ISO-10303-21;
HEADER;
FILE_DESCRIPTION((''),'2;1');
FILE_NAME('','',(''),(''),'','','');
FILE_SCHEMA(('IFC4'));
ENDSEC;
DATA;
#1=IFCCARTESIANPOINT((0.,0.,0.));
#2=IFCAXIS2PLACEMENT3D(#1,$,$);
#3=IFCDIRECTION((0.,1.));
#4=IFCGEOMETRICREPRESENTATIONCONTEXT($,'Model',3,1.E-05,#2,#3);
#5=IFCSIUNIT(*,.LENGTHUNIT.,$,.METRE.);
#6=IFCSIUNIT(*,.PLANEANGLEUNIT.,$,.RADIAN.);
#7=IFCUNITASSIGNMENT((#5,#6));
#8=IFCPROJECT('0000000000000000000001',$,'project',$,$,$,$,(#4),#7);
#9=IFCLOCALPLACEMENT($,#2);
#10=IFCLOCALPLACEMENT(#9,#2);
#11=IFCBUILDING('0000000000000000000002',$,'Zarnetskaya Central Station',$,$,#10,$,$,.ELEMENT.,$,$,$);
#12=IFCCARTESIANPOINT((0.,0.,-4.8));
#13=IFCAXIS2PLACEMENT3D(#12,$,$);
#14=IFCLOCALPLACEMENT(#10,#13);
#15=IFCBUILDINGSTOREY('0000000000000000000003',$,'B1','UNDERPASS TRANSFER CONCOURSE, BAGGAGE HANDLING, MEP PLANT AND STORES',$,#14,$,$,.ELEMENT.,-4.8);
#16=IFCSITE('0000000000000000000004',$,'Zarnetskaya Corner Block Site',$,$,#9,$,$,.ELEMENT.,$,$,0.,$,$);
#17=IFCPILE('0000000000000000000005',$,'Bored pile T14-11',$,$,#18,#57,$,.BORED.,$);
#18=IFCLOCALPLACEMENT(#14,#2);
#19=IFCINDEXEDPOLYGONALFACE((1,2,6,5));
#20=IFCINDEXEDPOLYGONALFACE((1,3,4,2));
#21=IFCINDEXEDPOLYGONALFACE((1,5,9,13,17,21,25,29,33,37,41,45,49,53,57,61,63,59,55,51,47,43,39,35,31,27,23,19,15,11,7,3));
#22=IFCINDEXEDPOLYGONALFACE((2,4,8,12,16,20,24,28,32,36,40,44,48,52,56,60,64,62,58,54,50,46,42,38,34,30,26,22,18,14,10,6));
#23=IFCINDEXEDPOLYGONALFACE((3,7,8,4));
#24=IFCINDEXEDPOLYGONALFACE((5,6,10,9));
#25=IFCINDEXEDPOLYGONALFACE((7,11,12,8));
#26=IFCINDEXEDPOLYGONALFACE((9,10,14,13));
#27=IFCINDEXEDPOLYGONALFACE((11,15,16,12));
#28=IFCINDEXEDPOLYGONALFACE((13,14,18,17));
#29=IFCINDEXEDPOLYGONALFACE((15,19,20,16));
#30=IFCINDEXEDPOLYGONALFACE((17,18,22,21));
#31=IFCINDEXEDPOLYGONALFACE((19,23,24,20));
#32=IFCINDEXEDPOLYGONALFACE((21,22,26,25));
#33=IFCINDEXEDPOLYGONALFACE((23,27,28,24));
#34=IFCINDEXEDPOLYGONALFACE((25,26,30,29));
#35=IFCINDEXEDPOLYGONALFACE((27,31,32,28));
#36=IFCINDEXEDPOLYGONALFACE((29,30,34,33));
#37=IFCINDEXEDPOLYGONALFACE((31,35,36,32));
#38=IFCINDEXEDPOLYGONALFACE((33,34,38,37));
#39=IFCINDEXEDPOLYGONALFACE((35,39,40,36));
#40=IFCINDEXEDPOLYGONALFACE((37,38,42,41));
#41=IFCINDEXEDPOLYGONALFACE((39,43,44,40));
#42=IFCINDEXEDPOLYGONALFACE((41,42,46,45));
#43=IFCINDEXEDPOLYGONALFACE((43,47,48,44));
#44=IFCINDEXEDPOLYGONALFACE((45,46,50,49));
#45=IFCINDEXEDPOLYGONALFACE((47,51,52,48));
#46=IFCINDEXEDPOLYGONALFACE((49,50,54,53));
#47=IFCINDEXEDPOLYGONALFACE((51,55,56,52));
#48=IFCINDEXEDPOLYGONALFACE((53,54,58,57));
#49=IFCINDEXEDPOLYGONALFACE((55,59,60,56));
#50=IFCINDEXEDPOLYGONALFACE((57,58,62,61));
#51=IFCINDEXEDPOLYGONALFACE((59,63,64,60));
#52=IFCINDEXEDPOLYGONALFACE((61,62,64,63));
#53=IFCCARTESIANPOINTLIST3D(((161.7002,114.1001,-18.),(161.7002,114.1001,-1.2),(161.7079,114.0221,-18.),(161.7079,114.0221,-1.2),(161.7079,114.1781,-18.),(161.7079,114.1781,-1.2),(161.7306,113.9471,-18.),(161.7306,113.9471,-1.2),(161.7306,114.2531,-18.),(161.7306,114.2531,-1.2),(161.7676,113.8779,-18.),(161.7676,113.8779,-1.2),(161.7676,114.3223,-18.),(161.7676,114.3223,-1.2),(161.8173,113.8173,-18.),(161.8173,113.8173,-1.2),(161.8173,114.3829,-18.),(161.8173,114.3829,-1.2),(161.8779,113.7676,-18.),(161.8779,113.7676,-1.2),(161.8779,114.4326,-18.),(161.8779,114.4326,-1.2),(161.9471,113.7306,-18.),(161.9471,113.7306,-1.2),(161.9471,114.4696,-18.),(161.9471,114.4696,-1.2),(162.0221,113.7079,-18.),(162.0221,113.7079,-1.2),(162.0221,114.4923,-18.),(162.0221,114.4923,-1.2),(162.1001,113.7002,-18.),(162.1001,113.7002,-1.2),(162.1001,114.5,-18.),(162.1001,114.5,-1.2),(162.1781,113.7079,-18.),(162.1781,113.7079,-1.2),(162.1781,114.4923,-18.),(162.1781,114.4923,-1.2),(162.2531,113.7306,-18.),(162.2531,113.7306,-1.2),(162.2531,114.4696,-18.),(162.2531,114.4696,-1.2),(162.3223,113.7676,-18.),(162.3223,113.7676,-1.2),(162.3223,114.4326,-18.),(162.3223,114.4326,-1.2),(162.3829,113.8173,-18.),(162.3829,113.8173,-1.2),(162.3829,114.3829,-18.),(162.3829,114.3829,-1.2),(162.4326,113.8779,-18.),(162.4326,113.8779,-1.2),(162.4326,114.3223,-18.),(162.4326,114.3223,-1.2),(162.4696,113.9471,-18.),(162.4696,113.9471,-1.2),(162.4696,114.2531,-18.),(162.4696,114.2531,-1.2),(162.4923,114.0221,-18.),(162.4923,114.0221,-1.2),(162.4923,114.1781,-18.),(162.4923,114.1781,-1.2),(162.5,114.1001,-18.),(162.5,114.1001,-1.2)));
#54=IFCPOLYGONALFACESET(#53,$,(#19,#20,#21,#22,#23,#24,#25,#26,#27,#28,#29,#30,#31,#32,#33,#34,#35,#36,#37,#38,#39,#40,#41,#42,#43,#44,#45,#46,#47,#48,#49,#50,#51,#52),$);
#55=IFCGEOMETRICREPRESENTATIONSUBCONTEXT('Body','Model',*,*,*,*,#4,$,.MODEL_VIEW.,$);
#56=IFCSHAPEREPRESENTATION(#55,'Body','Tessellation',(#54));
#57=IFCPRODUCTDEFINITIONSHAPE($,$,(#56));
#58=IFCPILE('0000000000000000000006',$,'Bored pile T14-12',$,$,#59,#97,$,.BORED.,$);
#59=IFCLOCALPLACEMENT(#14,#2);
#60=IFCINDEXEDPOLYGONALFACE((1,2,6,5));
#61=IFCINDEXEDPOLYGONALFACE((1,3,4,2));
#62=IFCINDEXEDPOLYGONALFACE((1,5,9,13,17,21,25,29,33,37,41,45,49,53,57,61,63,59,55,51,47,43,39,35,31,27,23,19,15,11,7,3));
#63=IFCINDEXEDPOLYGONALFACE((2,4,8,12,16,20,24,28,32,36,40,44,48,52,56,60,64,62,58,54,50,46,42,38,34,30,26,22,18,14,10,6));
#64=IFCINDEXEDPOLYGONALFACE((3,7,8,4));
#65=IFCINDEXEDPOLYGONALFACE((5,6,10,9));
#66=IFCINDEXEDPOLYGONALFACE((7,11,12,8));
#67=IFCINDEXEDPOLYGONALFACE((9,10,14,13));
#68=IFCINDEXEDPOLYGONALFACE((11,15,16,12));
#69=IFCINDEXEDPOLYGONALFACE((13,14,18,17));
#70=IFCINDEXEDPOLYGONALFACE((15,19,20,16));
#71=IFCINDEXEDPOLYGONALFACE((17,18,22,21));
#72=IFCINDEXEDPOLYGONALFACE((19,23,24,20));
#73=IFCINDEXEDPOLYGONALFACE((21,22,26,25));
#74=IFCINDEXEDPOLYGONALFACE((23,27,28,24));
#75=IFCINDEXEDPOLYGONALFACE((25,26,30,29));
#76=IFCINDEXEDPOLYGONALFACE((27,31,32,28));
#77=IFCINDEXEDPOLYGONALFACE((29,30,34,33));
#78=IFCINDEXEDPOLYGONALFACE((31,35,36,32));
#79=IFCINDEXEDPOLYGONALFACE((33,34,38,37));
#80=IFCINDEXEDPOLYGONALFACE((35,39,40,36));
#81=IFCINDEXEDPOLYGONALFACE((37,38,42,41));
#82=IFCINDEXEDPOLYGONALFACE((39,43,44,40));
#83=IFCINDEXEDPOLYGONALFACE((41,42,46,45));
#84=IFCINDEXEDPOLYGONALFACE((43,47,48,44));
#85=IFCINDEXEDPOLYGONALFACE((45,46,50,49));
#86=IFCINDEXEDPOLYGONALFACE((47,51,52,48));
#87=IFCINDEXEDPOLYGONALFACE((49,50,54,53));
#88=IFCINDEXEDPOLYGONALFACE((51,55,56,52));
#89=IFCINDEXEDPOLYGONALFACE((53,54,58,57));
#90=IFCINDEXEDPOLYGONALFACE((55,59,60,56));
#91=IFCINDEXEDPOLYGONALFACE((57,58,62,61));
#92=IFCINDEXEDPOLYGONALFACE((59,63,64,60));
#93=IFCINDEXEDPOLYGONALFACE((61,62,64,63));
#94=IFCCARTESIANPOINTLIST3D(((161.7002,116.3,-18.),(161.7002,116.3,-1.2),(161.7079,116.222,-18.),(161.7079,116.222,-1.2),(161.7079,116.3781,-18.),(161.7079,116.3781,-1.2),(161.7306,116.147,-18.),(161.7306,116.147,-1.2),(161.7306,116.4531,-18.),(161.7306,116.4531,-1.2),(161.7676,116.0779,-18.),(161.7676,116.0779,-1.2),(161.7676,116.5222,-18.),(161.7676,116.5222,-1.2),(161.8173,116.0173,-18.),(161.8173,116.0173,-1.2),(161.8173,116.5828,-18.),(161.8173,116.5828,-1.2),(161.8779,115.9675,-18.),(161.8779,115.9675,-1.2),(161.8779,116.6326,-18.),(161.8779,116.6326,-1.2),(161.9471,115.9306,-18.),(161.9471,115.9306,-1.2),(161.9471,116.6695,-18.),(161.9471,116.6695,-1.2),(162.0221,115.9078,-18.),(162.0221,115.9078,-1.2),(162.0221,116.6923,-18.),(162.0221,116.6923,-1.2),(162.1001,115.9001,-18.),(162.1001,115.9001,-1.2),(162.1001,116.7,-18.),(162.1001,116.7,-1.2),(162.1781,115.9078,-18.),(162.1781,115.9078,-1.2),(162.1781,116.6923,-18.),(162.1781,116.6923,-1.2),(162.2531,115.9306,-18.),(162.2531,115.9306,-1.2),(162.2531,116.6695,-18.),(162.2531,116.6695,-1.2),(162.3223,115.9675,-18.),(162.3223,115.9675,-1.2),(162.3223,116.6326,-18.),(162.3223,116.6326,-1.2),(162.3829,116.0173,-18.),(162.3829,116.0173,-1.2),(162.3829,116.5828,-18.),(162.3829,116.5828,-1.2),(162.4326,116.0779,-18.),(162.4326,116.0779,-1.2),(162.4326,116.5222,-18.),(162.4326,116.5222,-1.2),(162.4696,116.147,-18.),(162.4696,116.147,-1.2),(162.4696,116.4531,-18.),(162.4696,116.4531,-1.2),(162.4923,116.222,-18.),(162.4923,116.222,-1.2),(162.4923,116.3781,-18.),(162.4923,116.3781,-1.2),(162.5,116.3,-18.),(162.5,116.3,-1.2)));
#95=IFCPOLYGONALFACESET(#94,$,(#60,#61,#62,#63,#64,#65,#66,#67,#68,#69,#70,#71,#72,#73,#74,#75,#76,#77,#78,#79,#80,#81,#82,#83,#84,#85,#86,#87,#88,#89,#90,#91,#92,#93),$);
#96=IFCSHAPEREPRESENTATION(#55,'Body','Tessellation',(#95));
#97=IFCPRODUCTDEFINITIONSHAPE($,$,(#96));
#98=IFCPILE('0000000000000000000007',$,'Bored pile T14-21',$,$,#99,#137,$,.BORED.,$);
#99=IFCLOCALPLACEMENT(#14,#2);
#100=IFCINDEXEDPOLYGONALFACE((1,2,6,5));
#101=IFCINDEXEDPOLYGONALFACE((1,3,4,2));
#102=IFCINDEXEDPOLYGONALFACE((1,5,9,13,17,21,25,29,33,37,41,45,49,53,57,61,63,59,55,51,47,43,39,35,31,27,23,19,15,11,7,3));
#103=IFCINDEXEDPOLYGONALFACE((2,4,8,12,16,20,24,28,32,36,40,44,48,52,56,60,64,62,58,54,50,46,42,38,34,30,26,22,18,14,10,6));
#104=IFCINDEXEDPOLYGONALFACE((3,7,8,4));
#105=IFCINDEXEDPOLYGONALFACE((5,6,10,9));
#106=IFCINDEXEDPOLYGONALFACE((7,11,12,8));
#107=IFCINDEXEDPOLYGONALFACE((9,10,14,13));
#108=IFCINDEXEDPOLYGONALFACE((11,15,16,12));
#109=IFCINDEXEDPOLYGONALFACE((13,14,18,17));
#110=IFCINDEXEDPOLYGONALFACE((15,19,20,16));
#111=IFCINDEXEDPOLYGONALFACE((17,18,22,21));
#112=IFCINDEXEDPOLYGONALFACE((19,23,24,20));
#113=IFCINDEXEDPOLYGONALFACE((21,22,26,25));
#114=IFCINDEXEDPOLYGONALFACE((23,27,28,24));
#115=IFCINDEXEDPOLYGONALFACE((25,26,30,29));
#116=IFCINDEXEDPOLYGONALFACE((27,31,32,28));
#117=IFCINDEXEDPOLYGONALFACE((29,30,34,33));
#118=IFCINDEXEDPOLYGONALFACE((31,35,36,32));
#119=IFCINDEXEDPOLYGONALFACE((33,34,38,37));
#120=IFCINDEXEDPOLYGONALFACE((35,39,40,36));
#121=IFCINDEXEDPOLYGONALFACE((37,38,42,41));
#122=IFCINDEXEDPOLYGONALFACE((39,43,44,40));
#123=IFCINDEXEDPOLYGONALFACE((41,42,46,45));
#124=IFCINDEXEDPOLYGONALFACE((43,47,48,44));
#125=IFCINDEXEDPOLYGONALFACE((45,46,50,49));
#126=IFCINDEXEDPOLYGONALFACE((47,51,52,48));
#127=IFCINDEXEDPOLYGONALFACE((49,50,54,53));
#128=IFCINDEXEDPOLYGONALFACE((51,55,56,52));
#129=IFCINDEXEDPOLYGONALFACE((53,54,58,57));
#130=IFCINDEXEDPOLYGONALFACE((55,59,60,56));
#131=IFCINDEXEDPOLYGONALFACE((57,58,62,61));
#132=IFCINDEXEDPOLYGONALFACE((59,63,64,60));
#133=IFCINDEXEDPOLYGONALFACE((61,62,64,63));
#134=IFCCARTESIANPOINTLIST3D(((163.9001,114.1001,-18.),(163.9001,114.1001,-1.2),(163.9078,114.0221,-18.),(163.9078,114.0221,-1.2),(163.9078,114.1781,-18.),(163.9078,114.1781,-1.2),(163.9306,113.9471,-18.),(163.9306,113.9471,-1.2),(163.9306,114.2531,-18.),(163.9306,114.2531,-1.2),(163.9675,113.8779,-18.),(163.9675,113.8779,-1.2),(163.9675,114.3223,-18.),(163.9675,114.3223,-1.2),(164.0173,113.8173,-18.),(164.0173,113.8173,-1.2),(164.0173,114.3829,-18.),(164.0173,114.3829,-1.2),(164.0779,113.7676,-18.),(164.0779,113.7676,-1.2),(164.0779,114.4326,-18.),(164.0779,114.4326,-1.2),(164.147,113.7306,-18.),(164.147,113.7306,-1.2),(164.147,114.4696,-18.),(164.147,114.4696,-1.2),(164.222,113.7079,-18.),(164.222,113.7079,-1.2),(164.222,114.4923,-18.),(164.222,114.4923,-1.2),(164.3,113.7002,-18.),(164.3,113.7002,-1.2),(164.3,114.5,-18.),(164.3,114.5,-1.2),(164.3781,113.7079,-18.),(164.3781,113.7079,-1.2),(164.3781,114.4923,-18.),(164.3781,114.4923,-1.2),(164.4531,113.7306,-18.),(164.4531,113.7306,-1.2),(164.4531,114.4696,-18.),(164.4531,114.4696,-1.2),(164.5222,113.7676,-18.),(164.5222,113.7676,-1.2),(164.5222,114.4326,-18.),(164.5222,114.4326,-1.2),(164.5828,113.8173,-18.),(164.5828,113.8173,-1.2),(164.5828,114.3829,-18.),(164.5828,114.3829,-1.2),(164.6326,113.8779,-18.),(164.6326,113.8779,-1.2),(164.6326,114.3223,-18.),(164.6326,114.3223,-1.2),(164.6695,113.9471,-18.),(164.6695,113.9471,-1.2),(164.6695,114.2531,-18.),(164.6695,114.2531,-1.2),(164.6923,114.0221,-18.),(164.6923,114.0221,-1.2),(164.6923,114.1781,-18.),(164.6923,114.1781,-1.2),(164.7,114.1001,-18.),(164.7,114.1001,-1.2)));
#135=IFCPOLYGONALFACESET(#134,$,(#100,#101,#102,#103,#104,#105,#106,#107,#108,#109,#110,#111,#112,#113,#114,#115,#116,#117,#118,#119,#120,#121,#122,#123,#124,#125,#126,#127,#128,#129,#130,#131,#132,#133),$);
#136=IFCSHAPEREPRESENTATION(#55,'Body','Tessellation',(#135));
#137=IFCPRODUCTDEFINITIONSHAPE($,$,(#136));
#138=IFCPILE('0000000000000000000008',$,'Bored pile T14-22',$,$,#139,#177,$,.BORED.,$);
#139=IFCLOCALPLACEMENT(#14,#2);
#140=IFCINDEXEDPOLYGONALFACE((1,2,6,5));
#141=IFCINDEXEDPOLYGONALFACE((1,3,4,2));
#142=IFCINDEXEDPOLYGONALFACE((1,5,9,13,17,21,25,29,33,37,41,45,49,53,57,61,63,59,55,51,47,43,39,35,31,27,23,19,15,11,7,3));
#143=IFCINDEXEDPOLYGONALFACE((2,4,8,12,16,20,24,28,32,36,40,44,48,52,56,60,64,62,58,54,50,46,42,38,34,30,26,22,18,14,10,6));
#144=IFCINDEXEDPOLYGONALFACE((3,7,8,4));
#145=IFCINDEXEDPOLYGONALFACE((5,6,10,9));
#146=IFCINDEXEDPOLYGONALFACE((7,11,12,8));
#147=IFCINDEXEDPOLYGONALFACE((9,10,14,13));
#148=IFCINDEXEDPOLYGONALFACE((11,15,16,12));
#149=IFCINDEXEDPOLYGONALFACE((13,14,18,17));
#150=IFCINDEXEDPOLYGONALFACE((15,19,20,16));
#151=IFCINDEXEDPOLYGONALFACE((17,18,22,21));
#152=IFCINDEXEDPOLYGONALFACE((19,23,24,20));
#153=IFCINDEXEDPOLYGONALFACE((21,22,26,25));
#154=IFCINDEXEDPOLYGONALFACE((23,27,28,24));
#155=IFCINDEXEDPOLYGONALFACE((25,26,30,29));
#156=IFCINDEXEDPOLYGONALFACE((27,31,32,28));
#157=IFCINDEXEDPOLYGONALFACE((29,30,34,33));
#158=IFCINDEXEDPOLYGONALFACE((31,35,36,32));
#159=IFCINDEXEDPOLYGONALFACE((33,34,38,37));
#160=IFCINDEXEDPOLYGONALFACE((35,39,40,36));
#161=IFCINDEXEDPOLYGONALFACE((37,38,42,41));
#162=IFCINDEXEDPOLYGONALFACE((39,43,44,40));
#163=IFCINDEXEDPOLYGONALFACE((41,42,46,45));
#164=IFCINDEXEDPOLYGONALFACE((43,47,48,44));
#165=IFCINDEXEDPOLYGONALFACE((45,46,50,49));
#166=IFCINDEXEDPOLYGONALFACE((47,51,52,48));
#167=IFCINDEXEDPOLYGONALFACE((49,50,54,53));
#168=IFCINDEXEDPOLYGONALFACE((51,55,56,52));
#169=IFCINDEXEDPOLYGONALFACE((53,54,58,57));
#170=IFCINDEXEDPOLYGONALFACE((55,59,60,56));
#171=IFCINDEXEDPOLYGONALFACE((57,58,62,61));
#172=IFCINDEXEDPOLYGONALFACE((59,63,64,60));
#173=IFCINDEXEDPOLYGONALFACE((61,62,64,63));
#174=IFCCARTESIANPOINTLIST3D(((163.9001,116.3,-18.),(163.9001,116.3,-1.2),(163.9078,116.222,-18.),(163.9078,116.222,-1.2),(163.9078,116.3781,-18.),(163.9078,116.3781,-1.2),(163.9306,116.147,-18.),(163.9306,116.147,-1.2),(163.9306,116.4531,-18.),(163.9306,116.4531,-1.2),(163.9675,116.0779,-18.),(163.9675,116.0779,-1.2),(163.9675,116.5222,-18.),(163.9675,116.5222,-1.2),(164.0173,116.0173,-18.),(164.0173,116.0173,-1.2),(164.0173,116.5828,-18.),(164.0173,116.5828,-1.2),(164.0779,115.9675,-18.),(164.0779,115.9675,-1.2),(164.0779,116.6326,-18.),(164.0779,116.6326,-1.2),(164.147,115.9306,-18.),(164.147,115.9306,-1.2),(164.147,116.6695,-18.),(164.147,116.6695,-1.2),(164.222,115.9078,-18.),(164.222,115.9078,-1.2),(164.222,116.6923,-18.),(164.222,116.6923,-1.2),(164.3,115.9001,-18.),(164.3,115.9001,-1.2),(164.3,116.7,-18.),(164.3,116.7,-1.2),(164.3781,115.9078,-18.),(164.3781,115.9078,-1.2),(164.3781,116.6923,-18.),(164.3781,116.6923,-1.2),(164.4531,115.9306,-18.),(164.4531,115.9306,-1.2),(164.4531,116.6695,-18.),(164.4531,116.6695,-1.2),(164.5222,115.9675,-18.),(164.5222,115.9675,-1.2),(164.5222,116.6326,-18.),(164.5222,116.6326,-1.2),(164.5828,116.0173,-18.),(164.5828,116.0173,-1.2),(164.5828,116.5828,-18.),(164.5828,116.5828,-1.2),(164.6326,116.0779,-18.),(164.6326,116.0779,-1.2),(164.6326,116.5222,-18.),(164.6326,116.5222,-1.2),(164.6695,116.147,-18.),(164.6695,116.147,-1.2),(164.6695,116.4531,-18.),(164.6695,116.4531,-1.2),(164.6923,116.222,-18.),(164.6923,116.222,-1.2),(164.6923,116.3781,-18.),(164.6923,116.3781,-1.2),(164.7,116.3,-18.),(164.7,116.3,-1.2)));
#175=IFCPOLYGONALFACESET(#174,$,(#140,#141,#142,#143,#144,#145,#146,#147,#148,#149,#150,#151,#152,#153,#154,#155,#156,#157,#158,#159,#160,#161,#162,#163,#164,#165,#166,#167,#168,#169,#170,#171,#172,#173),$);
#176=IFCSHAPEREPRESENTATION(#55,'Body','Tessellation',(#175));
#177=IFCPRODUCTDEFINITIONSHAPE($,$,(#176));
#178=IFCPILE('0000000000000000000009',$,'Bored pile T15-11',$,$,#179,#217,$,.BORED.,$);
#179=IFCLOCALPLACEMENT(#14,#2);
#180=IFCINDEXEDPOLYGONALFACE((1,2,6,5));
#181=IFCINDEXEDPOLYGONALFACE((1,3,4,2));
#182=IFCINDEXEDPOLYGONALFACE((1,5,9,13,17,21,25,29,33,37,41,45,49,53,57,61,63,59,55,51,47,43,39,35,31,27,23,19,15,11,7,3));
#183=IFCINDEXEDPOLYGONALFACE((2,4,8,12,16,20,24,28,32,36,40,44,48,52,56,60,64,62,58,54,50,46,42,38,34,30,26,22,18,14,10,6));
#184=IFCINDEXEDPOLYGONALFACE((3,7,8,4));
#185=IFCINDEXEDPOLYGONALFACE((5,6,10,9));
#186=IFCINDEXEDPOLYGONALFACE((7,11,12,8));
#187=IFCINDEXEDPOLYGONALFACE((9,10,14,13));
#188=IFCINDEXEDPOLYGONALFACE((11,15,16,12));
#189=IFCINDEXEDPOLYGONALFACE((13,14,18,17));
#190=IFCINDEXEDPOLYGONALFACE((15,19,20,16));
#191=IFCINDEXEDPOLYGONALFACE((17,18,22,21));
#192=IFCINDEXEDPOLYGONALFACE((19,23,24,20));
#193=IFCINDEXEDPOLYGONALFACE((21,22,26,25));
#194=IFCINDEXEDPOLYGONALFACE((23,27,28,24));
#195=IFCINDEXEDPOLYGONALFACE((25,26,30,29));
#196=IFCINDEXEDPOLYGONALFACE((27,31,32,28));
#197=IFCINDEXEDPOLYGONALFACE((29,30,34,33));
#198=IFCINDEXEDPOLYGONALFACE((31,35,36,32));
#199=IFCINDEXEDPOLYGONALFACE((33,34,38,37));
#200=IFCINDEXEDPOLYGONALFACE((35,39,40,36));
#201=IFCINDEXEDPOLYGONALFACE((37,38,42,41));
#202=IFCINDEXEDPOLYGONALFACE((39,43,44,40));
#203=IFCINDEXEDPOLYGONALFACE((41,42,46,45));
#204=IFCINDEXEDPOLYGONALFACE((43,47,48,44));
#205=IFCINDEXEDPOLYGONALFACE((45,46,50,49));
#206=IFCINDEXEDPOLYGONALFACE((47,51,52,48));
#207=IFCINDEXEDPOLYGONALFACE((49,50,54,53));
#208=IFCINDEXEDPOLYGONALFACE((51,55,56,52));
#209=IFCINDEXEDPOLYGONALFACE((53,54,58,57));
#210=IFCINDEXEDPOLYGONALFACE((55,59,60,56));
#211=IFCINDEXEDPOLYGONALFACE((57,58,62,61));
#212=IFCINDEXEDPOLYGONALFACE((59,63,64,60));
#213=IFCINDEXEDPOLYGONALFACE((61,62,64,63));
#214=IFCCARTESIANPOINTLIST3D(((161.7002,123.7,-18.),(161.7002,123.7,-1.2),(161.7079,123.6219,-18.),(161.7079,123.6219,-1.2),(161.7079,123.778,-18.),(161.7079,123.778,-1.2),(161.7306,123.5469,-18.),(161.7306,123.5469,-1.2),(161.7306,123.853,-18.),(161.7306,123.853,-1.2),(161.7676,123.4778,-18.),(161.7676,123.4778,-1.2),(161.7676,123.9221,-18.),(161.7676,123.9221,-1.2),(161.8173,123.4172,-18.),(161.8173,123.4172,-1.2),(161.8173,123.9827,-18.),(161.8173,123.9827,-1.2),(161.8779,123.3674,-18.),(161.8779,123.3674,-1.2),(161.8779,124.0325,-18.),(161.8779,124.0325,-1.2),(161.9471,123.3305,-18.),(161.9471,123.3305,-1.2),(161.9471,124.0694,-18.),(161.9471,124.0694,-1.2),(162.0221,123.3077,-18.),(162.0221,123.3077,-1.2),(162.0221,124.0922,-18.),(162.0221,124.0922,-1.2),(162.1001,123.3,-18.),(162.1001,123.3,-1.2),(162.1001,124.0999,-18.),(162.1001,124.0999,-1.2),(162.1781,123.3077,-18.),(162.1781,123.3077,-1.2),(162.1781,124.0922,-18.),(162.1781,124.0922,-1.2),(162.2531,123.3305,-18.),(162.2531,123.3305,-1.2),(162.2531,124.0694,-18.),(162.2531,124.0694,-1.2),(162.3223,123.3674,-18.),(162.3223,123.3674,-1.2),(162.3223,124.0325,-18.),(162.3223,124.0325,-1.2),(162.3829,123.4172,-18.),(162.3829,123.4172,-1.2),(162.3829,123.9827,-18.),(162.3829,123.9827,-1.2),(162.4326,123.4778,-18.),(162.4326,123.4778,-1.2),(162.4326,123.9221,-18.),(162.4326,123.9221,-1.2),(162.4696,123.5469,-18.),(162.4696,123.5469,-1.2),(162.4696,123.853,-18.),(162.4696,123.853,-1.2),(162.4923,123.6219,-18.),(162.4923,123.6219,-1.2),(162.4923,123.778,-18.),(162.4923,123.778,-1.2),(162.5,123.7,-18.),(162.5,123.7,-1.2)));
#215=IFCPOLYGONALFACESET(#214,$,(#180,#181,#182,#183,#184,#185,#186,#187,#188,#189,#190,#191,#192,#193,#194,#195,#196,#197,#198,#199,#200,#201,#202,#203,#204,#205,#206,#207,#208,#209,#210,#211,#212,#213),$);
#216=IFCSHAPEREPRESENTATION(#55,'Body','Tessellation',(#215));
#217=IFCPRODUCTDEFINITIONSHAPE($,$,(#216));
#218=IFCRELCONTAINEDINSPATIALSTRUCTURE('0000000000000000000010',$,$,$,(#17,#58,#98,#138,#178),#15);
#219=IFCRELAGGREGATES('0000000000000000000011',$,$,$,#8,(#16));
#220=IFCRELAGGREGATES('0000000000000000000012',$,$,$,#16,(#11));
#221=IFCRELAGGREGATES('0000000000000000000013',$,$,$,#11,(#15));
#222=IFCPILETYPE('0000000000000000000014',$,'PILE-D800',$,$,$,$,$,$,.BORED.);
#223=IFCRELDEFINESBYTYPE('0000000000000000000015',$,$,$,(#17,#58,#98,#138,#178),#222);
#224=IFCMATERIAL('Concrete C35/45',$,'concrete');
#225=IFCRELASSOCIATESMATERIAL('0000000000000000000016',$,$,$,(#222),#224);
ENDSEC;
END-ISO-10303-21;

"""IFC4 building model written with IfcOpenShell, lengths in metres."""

from ifc_helpers import new_model, si_unit, direction, frame, origin, origin_2d, place, context, subcontext, project, spatial, circle, extrude, material, material_profile, profile_set, type_object, element, save


model = new_model("IFC4")

# Units and contexts
model_context = context("Model", 3, precision=1e-05, world=origin(), true_north=direction((0.0, 1.0)))
body_context = subcontext(model_context, "Body", "Model", "MODEL_VIEW")
ifc_project = project(units=[si_unit("LENGTHUNIT", "METRE"), si_unit("PLANEANGLEUNIT", "RADIAN")], contexts=[model_context])

# Site, building, storey
site_placement = place(None, origin())
site = spatial("IfcSite", under=ifc_project, at=site_placement, Name="Zarnetskaya Corner Block Site", CompositionType="ELEMENT", RefElevation=0.0)
building_placement = place(site_placement, origin())
building = spatial("IfcBuilding", under=site, at=building_placement, Name="Zarnetskaya Central Station", CompositionType="ELEMENT")
storey_placement = place(building_placement, frame((0.0, 0.0, -4.8)))
storey = spatial("IfcBuildingStorey", under=building, at=storey_placement, Name="B1", Description="UNDERPASS TRANSFER CONCOURSE, BAGGAGE HANDLING, MEP PLANT AND STORES", CompositionType="ELEMENT", Elevation=-4.8)

# Shared definitions
ifc_material = material(Name="Concrete C35/45", Category="concrete")

# Piles
ifc_material_profile_1 = material_profile(ifc_material, circle(Radius=0.3999, at=origin_2d()), Name="BORED PILE D800")
ifc_profile_set_1 = profile_set([ifc_material_profile_1], Name="Concrete C35/45")
pile_type = type_object("IfcPileType", Name="PILE-D800", PredefinedType="BORED", material=ifc_profile_set_1)
for number, where, z_axis, x_axis, name in (
    (1, (162.1001, 114.1001, -1.2), (0.0, 0.0, -1.0), (1.0, 0.0, 0.0), "Bored pile T14-11"),
    (2, (162.1001, 116.3, -1.2), (0.0, 0.0, -1.0), (1.0, 0.0, 0.0), "Bored pile T14-12"),
    (3, (164.3, 114.1001, -1.2), (0.0, 0.0, -1.0), (1.0, 0.0, 0.0), "Bored pile T14-21"),
    (4, (164.3, 116.3, -1.2), (0.0, 0.0, -1.0), (1.0, 0.0, 0.0), "Bored pile T14-22"),
    (5, (162.1001, 123.7, -1.2), (0.0, 0.0, -1.0), (1.0, 0.0, 0.0), "Bored pile T15-11"),
):
    element("IfcPile", number, at=place(storey_placement, frame(where, z_axis=z_axis, x_axis=x_axis)), inside=storey, type_object=pile_type, Name=name, PredefinedType="BORED", context=body_context, shape_type="SweptSolid", body=[
        extrude(circle(Radius=0.3999, at=origin_2d()), origin(), (0.0, 0.0, 1.0), 16.8),
    ])

save(model, "model.ifc")
